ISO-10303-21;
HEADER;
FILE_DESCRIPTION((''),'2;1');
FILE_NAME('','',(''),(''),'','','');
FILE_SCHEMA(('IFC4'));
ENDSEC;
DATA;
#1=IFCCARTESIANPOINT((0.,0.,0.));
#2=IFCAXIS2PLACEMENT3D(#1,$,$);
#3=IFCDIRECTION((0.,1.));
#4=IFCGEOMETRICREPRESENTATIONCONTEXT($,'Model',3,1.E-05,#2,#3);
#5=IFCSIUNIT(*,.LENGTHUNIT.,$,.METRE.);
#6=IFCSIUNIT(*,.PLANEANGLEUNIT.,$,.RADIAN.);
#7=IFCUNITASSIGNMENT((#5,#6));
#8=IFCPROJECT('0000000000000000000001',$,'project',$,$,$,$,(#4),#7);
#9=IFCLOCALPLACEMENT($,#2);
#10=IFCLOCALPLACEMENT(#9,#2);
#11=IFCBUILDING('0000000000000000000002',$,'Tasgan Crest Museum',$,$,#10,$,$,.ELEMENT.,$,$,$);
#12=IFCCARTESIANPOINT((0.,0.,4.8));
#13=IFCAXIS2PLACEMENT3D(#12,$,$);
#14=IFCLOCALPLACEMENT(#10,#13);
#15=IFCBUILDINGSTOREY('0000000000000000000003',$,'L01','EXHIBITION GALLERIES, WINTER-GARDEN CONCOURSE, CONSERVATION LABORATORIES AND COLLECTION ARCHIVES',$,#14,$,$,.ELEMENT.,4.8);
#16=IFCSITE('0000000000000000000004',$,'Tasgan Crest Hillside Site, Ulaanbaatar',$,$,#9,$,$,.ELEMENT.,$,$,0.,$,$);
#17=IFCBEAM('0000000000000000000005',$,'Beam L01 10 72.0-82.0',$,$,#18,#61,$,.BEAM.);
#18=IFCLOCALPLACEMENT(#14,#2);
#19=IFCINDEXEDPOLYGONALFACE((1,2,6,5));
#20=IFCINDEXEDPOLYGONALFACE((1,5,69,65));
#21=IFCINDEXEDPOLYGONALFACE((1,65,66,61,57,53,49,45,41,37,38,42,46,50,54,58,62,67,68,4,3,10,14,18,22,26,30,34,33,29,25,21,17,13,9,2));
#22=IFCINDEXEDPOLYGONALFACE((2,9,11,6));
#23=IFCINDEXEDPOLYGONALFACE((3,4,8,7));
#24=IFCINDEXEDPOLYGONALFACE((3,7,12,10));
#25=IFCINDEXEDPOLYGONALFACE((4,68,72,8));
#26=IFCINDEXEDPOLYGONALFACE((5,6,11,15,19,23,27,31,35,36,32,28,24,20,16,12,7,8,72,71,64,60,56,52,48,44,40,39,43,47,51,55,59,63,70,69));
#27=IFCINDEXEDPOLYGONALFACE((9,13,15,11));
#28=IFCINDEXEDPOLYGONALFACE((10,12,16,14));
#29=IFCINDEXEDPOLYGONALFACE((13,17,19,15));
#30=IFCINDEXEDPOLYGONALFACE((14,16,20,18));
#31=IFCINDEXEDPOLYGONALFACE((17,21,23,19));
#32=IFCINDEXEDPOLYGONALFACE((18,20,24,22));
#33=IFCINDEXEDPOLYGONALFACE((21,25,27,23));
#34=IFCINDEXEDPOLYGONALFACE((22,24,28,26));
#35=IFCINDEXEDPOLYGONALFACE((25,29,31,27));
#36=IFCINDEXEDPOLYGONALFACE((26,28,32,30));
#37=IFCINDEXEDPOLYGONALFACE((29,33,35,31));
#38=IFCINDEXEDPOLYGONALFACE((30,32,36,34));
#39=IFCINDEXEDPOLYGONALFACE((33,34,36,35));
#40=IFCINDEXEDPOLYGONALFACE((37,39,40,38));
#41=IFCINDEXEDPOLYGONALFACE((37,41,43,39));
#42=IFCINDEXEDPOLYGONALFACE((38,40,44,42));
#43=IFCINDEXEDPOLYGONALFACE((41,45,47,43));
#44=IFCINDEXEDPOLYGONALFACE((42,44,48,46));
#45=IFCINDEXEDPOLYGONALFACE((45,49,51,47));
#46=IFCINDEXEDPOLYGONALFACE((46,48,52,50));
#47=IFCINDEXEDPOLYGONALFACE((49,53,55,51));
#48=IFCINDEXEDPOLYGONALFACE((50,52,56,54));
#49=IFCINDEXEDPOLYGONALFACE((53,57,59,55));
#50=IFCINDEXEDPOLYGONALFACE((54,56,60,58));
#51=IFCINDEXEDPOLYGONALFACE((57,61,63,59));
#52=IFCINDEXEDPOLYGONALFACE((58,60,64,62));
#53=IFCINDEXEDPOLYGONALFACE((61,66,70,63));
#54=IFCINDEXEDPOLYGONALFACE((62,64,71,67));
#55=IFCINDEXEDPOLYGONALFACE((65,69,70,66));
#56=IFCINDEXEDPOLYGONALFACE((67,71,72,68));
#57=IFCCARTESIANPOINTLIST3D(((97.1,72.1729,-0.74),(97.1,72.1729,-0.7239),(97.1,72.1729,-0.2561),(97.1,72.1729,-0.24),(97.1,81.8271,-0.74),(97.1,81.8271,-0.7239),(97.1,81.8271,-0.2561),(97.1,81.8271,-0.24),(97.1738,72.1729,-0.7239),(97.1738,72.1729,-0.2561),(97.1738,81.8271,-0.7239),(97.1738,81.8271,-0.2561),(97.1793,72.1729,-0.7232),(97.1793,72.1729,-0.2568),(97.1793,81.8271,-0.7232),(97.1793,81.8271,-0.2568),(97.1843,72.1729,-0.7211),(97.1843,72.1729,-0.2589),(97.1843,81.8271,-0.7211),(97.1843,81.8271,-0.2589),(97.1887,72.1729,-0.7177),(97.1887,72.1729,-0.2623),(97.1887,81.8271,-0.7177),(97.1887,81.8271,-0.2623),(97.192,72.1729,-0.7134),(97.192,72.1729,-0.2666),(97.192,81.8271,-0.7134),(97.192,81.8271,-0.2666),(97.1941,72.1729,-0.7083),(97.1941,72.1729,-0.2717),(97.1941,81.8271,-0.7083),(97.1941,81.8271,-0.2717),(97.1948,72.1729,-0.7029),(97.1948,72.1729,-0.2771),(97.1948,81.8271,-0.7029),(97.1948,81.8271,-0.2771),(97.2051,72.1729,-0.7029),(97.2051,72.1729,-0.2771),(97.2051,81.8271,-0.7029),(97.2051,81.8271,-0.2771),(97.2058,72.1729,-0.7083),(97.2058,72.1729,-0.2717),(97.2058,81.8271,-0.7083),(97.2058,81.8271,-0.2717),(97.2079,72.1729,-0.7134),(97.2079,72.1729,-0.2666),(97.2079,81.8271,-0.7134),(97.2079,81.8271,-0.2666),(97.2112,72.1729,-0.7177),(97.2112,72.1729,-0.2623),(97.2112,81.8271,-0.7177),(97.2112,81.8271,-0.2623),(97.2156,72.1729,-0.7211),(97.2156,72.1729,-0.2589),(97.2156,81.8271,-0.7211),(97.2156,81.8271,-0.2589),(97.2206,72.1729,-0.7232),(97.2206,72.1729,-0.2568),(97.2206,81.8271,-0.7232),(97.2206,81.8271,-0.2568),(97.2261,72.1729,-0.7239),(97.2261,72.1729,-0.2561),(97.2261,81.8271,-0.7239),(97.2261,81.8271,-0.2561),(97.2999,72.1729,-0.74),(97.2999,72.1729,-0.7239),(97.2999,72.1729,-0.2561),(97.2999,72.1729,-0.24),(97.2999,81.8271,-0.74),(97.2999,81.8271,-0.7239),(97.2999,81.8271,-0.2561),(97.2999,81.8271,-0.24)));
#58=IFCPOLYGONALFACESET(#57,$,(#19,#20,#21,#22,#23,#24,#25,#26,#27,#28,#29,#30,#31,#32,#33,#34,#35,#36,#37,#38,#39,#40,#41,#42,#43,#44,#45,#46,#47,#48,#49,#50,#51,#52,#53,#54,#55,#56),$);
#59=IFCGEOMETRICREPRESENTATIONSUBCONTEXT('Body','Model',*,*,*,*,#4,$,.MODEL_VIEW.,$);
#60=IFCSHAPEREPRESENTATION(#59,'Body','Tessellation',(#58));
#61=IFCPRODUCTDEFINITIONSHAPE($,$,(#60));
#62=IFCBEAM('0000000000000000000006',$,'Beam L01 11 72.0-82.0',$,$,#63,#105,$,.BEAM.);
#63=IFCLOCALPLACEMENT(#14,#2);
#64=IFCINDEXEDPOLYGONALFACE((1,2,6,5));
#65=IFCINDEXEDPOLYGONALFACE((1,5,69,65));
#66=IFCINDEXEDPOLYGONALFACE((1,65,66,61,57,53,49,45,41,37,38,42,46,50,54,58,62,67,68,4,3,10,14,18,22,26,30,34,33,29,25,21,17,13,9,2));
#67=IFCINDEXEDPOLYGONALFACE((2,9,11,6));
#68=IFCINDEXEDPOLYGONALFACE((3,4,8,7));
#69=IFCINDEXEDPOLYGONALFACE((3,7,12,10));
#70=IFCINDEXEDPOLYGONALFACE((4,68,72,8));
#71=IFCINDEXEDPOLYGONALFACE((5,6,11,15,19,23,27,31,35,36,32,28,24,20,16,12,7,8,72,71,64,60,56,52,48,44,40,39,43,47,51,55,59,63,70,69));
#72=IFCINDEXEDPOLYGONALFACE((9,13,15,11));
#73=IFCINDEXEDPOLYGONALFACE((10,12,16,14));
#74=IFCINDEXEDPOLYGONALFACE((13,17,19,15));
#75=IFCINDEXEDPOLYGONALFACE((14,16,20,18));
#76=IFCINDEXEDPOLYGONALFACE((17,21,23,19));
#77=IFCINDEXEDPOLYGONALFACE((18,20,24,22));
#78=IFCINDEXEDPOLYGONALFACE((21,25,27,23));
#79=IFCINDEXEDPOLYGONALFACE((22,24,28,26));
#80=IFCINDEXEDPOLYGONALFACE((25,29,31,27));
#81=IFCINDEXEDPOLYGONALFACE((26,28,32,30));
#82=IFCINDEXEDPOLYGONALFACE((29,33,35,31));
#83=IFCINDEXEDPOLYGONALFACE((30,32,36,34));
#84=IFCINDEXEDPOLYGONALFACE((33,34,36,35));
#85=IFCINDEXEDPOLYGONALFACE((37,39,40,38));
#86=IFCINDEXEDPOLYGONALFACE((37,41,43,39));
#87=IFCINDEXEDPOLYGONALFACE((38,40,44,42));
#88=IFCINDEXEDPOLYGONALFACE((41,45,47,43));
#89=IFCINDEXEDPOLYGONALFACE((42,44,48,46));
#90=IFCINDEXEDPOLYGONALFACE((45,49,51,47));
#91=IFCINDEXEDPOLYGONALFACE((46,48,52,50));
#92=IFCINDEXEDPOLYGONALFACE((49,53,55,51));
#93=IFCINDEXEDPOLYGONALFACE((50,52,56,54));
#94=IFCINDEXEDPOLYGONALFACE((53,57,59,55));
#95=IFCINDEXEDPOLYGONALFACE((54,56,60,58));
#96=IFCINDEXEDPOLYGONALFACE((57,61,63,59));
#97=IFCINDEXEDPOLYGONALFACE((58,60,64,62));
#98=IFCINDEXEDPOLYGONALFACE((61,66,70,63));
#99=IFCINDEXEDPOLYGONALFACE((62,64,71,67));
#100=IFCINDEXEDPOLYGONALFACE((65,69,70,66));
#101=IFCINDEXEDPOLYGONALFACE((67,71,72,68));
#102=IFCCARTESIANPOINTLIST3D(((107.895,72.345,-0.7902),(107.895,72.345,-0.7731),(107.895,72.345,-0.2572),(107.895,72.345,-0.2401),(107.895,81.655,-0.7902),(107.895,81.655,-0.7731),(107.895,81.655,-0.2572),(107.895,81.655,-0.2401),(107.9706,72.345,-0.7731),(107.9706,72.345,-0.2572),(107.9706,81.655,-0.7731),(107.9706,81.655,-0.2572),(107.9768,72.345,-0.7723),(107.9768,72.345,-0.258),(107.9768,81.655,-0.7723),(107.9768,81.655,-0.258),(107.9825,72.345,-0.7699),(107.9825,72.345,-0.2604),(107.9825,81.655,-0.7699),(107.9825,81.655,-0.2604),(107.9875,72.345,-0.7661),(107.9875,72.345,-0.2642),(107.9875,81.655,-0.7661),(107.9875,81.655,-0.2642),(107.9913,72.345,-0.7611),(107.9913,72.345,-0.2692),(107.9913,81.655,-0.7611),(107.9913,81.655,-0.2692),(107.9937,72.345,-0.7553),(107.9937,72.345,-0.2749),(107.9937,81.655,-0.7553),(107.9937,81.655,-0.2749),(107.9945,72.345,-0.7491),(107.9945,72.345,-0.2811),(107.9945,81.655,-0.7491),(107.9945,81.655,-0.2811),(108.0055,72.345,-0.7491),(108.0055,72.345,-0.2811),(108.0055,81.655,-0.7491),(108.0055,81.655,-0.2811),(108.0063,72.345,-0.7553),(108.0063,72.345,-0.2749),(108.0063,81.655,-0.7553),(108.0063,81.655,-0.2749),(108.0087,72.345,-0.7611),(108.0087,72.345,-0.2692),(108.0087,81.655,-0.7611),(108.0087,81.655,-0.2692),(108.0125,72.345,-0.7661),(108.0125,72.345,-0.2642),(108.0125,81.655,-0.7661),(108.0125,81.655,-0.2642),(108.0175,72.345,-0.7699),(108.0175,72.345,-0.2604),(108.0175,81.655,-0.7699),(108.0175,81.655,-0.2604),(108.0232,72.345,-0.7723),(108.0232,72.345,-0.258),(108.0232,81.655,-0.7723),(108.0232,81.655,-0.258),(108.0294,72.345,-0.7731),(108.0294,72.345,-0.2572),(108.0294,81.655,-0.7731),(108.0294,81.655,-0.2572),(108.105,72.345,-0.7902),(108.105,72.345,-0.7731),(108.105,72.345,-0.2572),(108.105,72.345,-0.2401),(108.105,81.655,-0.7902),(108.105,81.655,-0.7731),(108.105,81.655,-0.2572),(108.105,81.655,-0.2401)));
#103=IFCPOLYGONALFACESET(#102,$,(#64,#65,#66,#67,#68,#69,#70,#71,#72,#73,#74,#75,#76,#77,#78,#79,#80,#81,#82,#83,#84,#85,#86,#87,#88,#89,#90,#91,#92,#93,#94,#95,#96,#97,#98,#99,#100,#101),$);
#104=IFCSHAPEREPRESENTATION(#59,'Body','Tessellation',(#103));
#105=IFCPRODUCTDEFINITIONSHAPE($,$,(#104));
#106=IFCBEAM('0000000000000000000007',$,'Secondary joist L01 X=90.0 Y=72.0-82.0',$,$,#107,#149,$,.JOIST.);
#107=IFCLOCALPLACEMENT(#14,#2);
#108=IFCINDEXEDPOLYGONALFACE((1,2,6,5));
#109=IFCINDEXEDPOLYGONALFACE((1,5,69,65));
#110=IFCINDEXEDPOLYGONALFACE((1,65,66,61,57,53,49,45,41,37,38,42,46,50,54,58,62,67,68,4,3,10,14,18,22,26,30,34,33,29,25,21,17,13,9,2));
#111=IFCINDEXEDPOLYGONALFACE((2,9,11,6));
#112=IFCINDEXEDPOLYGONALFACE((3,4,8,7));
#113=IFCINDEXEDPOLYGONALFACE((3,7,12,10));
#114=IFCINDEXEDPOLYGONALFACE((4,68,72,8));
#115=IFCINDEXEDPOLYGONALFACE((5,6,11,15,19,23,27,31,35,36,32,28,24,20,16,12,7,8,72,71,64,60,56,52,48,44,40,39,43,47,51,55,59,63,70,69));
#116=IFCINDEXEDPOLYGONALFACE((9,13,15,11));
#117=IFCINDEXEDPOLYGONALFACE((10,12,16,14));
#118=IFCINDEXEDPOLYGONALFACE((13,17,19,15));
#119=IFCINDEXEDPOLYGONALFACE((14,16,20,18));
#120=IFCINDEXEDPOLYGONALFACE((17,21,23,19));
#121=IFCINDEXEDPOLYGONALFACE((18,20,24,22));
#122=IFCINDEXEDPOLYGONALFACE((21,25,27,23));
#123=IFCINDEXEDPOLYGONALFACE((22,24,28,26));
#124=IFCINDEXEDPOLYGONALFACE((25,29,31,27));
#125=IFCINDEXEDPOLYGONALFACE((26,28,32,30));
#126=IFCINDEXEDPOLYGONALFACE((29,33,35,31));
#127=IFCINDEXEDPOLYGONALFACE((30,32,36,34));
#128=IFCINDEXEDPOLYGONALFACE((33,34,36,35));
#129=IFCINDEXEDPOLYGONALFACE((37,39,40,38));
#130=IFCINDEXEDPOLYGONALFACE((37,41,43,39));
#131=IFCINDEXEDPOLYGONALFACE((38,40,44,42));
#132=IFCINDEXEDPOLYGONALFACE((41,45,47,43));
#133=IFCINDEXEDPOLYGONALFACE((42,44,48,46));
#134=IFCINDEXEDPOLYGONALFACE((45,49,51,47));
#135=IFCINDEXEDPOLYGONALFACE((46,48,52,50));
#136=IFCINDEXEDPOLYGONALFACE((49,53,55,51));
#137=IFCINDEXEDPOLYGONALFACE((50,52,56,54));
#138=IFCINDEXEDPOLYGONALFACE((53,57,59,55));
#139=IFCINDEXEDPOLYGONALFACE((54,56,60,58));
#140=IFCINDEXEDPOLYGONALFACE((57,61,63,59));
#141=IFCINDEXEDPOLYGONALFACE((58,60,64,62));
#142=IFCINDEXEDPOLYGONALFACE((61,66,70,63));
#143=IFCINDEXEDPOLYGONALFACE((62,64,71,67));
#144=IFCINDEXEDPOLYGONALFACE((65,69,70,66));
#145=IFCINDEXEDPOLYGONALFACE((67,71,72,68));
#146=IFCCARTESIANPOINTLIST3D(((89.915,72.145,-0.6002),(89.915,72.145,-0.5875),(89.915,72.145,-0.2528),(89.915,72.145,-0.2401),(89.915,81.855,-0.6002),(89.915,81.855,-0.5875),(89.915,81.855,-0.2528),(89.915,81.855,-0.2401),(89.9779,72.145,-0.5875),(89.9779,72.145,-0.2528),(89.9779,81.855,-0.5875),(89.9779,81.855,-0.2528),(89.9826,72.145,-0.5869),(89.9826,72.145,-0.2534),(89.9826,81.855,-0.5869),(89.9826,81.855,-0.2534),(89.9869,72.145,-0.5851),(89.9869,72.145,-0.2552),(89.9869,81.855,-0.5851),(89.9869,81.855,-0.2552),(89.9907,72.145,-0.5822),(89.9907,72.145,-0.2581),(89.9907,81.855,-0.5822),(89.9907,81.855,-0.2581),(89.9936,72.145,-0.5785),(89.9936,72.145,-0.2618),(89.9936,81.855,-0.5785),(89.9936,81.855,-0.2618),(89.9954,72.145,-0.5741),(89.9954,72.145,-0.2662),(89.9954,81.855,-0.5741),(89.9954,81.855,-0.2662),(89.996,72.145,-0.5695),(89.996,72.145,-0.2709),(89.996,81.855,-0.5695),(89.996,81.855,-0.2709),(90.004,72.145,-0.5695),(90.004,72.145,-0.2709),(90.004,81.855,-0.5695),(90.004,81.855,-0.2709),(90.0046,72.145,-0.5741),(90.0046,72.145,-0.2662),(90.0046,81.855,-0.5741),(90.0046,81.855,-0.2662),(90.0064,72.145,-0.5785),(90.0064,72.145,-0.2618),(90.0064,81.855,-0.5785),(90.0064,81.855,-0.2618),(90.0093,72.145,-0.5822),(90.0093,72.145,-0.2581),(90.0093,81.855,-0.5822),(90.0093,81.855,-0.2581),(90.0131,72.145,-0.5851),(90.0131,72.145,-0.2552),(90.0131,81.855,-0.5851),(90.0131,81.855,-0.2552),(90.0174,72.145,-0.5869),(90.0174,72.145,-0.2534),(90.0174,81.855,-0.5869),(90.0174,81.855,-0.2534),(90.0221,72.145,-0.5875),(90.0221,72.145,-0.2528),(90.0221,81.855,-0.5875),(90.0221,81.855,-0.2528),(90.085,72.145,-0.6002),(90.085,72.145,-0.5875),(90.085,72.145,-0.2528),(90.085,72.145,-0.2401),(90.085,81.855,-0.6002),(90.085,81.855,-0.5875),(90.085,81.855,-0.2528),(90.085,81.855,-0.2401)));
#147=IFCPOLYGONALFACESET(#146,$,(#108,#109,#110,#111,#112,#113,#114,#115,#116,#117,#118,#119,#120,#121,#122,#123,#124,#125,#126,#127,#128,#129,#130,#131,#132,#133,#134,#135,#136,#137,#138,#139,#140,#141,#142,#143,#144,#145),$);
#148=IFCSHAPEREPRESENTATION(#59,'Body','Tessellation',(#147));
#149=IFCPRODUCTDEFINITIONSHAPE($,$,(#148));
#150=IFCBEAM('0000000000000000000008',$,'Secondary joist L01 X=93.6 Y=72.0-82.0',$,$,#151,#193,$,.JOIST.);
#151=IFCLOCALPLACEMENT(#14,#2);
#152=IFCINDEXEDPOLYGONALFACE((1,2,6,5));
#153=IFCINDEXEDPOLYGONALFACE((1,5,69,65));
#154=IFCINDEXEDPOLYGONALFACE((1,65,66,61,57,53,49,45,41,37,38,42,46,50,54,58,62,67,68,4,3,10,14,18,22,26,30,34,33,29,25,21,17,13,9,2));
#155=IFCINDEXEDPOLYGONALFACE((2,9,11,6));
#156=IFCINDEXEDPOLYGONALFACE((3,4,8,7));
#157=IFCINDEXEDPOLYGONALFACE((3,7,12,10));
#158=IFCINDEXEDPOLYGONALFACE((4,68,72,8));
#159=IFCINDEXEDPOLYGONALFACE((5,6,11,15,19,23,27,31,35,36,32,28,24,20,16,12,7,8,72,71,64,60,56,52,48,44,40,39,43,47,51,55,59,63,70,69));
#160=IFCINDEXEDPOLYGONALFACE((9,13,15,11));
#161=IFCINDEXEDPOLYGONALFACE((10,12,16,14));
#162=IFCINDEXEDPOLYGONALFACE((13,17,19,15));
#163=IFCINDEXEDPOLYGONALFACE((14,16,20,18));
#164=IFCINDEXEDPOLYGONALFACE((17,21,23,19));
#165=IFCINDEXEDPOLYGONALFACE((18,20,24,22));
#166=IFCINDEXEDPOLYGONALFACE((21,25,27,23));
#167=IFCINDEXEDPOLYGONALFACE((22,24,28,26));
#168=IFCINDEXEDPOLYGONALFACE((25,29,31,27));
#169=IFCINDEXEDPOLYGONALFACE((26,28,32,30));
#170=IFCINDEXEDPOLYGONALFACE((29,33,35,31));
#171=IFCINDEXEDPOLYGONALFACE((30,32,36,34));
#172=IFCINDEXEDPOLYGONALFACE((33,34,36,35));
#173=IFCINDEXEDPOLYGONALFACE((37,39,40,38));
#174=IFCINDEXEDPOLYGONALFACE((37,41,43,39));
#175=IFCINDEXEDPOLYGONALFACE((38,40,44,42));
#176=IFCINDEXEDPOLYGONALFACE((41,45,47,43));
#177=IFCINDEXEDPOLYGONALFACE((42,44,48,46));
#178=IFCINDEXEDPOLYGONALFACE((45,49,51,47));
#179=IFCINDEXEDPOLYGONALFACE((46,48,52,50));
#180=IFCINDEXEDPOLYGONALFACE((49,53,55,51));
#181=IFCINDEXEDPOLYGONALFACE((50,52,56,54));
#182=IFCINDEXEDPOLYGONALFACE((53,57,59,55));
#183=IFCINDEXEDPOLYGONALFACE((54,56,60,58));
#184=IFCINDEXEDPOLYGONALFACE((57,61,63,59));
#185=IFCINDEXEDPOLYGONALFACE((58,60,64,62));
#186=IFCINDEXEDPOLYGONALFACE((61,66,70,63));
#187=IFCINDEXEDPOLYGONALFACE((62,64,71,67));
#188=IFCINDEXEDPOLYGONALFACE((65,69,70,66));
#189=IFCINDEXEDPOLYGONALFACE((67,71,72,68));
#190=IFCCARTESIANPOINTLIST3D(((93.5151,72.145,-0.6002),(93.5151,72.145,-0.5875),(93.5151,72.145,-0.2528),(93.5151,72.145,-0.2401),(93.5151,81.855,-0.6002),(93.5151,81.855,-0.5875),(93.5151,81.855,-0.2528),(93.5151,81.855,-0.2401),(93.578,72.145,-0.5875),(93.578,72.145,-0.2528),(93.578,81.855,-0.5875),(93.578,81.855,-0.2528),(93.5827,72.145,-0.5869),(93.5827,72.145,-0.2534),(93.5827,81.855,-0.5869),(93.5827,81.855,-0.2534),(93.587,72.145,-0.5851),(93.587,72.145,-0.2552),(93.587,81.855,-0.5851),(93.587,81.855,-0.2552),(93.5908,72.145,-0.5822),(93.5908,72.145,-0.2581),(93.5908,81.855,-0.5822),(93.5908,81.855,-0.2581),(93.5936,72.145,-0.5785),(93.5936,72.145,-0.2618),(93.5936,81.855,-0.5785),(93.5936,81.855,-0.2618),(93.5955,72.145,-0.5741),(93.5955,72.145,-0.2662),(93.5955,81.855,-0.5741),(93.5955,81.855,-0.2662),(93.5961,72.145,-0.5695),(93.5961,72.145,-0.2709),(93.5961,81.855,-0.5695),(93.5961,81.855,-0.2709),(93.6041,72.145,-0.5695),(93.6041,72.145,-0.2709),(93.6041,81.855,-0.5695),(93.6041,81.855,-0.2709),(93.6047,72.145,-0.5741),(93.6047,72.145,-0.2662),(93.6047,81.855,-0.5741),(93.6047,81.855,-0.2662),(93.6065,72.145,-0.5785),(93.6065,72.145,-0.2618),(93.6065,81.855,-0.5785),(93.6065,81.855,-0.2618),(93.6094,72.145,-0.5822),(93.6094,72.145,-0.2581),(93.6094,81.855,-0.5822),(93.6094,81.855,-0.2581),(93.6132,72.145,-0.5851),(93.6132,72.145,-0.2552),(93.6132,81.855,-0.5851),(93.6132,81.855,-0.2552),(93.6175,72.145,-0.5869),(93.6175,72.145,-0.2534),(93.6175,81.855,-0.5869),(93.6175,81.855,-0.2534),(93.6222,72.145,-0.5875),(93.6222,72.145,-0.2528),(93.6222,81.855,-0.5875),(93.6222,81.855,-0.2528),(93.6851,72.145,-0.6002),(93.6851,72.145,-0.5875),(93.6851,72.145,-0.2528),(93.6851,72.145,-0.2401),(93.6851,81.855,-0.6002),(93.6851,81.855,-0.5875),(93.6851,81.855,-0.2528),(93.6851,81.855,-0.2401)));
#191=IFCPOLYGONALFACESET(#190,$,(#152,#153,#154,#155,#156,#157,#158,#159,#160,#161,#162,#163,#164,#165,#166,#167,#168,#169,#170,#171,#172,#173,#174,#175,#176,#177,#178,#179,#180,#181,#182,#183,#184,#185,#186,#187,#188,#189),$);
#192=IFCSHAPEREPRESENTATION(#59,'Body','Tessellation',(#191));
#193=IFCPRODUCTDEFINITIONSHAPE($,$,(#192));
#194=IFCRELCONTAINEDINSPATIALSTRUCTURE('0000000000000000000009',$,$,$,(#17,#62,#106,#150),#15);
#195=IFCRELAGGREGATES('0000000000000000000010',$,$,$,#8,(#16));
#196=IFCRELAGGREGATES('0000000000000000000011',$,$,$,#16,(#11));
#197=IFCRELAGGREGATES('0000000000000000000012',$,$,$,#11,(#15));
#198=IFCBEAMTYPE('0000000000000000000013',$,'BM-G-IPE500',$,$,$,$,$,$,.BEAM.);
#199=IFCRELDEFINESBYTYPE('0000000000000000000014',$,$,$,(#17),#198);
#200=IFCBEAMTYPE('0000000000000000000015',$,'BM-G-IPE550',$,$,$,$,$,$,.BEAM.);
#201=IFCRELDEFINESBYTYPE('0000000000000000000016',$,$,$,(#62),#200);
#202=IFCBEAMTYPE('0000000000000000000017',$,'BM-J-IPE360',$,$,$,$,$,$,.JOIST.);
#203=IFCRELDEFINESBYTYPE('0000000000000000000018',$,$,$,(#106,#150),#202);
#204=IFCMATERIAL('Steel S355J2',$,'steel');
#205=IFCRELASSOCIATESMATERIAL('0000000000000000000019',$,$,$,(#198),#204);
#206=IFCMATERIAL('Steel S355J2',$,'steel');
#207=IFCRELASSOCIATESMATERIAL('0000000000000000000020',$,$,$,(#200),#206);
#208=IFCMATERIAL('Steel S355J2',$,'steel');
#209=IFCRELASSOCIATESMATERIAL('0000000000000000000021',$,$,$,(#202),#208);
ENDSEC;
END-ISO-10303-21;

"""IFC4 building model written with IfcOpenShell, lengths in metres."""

from ifc_helpers import new_model, si_unit, direction, frame, origin, origin_2d, place, context, subcontext, project, spatial, i_section, extrude, material, material_profile, profile_set, type_object, element, save


model = new_model("IFC4")

# Units and contexts
model_context = context("Model", 3, precision=1e-05, world=origin(), true_north=direction((0.0, 1.0)))
body_context = subcontext(model_context, "Body", "Model", "MODEL_VIEW")
ifc_project = project(units=[si_unit("LENGTHUNIT", "METRE"), si_unit("PLANEANGLEUNIT", "RADIAN")], contexts=[model_context])

# Site, building, storey
site_placement = place(None, origin())
site = spatial("IfcSite", under=ifc_project, at=site_placement, Name="Tasgan Crest Hillside Site, Ulaanbaatar", CompositionType="ELEMENT", RefElevation=0.0)
building_placement = place(site_placement, origin())
building = spatial("IfcBuilding", under=site, at=building_placement, Name="Tasgan Crest Museum", CompositionType="ELEMENT")
storey_placement = place(building_placement, frame((0.0, 0.0, 4.8)))
storey = spatial("IfcBuildingStorey", under=building, at=storey_placement, Name="L01", Description="EXHIBITION GALLERIES, WINTER-GARDEN CONCOURSE, CONSERVATION LABORATORIES AND COLLECTION ARCHIVES", CompositionType="ELEMENT", Elevation=4.8)

# Beams
ifc_material_1 = material(Name="Steel S355J2", Category="steel")
ifc_material_profile_1 = material_profile(ifc_material_1, i_section(OverallWidth=0.2, OverallDepth=0.5, WebThickness=0.0103, FlangeThickness=0.0161, FilletRadius=0.021, at=origin_2d()), Name="IPE 500")
ifc_profile_set_1 = profile_set([ifc_material_profile_1], Name="Steel S355J2")
beam_type_1 = type_object("IfcBeamType", Name="BM-G-IPE500", PredefinedType="BEAM", material=ifc_profile_set_1)
for number, where, z_axis, x_axis, name in (
    (1, (97.2, 72.1729, -0.49), (0.0, 1.0, 0.0), (-1.0, 0.0, 0.0), "Beam L01 10 72.0-82.0"),
):
    element("IfcBeam", number, at=place(storey_placement, frame(where, z_axis=z_axis, x_axis=x_axis)), inside=storey, type_object=beam_type_1, Name=name, PredefinedType="BEAM", context=body_context, shape_type="SweptSolid", body=[
        extrude(i_section(OverallWidth=0.2, OverallDepth=0.5, WebThickness=0.0103, FlangeThickness=0.0161, FilletRadius=0.021, at=origin_2d()), origin(), (0.0, 0.0, 1.0), 9.6543),
    ])
ifc_material_2 = material(Name="Steel S355J2", Category="steel")
ifc_material_profile_2 = material_profile(ifc_material_2, i_section(OverallWidth=0.21, OverallDepth=0.55, WebThickness=0.011, FlangeThickness=0.0171, FilletRadius=0.0239, at=origin_2d()), Name="IPE 550")
ifc_profile_set_2 = profile_set([ifc_material_profile_2], Name="Steel S355J2")
beam_type_2 = type_object("IfcBeamType", Name="BM-G-IPE550", PredefinedType="BEAM", material=ifc_profile_set_2)
beam_1_placement = place(storey_placement, frame((108.0, 72.345, -0.5151), z_axis=(0.0, 1.0, 0.0), x_axis=(-1.0, 0.0, 0.0)))
element("IfcBeam", 2, at=beam_1_placement, inside=storey, type_object=beam_type_2, Name="Beam L01 11 72.0-82.0", PredefinedType="BEAM", context=body_context, shape_type="SweptSolid", body=[
    extrude(i_section(OverallWidth=0.21, OverallDepth=0.55, WebThickness=0.011, FlangeThickness=0.0171, FilletRadius=0.0239, at=origin_2d()), origin(), (0.0, 0.0, 1.0), 9.3101),
])
ifc_material_3 = material(Name="Steel S355J2", Category="steel")
ifc_material_profile_3 = material_profile(ifc_material_3, i_section(OverallWidth=0.1699, OverallDepth=0.3601, WebThickness=0.0081, FlangeThickness=0.0127, FilletRadius=0.0181, at=origin_2d()), Name="IPE 360")
ifc_profile_set_3 = profile_set([ifc_material_profile_3], Name="Steel S355J2")
beam_type_3 = type_object("IfcBeamType", Name="BM-J-IPE360", PredefinedType="JOIST", material=ifc_profile_set_3)
for number, where, z_axis, x_axis, name in (
    (3, (90.0, 72.145, -0.4202), (0.0, 1.0, 0.0), (-1.0, 0.0, 0.0), "Secondary joist L01 X=90.0 Y=72.0-82.0"),
    (4, (93.6001, 72.145, -0.4202), (0.0, 1.0, 0.0), (-1.0, 0.0, 0.0), "Secondary joist L01 X=93.6 Y=72.0-82.0"),
):
    element("IfcBeam", number, at=place(storey_placement, frame(where, z_axis=z_axis, x_axis=x_axis)), inside=storey, type_object=beam_type_3, Name=name, PredefinedType="JOIST", context=body_context, shape_type="SweptSolid", body=[
        extrude(i_section(OverallWidth=0.1699, OverallDepth=0.3601, WebThickness=0.0081, FlangeThickness=0.0127, FilletRadius=0.0181, at=origin_2d()), origin(), (0.0, 0.0, 1.0), 9.71),
    ])

save(model, "model.ifc")
